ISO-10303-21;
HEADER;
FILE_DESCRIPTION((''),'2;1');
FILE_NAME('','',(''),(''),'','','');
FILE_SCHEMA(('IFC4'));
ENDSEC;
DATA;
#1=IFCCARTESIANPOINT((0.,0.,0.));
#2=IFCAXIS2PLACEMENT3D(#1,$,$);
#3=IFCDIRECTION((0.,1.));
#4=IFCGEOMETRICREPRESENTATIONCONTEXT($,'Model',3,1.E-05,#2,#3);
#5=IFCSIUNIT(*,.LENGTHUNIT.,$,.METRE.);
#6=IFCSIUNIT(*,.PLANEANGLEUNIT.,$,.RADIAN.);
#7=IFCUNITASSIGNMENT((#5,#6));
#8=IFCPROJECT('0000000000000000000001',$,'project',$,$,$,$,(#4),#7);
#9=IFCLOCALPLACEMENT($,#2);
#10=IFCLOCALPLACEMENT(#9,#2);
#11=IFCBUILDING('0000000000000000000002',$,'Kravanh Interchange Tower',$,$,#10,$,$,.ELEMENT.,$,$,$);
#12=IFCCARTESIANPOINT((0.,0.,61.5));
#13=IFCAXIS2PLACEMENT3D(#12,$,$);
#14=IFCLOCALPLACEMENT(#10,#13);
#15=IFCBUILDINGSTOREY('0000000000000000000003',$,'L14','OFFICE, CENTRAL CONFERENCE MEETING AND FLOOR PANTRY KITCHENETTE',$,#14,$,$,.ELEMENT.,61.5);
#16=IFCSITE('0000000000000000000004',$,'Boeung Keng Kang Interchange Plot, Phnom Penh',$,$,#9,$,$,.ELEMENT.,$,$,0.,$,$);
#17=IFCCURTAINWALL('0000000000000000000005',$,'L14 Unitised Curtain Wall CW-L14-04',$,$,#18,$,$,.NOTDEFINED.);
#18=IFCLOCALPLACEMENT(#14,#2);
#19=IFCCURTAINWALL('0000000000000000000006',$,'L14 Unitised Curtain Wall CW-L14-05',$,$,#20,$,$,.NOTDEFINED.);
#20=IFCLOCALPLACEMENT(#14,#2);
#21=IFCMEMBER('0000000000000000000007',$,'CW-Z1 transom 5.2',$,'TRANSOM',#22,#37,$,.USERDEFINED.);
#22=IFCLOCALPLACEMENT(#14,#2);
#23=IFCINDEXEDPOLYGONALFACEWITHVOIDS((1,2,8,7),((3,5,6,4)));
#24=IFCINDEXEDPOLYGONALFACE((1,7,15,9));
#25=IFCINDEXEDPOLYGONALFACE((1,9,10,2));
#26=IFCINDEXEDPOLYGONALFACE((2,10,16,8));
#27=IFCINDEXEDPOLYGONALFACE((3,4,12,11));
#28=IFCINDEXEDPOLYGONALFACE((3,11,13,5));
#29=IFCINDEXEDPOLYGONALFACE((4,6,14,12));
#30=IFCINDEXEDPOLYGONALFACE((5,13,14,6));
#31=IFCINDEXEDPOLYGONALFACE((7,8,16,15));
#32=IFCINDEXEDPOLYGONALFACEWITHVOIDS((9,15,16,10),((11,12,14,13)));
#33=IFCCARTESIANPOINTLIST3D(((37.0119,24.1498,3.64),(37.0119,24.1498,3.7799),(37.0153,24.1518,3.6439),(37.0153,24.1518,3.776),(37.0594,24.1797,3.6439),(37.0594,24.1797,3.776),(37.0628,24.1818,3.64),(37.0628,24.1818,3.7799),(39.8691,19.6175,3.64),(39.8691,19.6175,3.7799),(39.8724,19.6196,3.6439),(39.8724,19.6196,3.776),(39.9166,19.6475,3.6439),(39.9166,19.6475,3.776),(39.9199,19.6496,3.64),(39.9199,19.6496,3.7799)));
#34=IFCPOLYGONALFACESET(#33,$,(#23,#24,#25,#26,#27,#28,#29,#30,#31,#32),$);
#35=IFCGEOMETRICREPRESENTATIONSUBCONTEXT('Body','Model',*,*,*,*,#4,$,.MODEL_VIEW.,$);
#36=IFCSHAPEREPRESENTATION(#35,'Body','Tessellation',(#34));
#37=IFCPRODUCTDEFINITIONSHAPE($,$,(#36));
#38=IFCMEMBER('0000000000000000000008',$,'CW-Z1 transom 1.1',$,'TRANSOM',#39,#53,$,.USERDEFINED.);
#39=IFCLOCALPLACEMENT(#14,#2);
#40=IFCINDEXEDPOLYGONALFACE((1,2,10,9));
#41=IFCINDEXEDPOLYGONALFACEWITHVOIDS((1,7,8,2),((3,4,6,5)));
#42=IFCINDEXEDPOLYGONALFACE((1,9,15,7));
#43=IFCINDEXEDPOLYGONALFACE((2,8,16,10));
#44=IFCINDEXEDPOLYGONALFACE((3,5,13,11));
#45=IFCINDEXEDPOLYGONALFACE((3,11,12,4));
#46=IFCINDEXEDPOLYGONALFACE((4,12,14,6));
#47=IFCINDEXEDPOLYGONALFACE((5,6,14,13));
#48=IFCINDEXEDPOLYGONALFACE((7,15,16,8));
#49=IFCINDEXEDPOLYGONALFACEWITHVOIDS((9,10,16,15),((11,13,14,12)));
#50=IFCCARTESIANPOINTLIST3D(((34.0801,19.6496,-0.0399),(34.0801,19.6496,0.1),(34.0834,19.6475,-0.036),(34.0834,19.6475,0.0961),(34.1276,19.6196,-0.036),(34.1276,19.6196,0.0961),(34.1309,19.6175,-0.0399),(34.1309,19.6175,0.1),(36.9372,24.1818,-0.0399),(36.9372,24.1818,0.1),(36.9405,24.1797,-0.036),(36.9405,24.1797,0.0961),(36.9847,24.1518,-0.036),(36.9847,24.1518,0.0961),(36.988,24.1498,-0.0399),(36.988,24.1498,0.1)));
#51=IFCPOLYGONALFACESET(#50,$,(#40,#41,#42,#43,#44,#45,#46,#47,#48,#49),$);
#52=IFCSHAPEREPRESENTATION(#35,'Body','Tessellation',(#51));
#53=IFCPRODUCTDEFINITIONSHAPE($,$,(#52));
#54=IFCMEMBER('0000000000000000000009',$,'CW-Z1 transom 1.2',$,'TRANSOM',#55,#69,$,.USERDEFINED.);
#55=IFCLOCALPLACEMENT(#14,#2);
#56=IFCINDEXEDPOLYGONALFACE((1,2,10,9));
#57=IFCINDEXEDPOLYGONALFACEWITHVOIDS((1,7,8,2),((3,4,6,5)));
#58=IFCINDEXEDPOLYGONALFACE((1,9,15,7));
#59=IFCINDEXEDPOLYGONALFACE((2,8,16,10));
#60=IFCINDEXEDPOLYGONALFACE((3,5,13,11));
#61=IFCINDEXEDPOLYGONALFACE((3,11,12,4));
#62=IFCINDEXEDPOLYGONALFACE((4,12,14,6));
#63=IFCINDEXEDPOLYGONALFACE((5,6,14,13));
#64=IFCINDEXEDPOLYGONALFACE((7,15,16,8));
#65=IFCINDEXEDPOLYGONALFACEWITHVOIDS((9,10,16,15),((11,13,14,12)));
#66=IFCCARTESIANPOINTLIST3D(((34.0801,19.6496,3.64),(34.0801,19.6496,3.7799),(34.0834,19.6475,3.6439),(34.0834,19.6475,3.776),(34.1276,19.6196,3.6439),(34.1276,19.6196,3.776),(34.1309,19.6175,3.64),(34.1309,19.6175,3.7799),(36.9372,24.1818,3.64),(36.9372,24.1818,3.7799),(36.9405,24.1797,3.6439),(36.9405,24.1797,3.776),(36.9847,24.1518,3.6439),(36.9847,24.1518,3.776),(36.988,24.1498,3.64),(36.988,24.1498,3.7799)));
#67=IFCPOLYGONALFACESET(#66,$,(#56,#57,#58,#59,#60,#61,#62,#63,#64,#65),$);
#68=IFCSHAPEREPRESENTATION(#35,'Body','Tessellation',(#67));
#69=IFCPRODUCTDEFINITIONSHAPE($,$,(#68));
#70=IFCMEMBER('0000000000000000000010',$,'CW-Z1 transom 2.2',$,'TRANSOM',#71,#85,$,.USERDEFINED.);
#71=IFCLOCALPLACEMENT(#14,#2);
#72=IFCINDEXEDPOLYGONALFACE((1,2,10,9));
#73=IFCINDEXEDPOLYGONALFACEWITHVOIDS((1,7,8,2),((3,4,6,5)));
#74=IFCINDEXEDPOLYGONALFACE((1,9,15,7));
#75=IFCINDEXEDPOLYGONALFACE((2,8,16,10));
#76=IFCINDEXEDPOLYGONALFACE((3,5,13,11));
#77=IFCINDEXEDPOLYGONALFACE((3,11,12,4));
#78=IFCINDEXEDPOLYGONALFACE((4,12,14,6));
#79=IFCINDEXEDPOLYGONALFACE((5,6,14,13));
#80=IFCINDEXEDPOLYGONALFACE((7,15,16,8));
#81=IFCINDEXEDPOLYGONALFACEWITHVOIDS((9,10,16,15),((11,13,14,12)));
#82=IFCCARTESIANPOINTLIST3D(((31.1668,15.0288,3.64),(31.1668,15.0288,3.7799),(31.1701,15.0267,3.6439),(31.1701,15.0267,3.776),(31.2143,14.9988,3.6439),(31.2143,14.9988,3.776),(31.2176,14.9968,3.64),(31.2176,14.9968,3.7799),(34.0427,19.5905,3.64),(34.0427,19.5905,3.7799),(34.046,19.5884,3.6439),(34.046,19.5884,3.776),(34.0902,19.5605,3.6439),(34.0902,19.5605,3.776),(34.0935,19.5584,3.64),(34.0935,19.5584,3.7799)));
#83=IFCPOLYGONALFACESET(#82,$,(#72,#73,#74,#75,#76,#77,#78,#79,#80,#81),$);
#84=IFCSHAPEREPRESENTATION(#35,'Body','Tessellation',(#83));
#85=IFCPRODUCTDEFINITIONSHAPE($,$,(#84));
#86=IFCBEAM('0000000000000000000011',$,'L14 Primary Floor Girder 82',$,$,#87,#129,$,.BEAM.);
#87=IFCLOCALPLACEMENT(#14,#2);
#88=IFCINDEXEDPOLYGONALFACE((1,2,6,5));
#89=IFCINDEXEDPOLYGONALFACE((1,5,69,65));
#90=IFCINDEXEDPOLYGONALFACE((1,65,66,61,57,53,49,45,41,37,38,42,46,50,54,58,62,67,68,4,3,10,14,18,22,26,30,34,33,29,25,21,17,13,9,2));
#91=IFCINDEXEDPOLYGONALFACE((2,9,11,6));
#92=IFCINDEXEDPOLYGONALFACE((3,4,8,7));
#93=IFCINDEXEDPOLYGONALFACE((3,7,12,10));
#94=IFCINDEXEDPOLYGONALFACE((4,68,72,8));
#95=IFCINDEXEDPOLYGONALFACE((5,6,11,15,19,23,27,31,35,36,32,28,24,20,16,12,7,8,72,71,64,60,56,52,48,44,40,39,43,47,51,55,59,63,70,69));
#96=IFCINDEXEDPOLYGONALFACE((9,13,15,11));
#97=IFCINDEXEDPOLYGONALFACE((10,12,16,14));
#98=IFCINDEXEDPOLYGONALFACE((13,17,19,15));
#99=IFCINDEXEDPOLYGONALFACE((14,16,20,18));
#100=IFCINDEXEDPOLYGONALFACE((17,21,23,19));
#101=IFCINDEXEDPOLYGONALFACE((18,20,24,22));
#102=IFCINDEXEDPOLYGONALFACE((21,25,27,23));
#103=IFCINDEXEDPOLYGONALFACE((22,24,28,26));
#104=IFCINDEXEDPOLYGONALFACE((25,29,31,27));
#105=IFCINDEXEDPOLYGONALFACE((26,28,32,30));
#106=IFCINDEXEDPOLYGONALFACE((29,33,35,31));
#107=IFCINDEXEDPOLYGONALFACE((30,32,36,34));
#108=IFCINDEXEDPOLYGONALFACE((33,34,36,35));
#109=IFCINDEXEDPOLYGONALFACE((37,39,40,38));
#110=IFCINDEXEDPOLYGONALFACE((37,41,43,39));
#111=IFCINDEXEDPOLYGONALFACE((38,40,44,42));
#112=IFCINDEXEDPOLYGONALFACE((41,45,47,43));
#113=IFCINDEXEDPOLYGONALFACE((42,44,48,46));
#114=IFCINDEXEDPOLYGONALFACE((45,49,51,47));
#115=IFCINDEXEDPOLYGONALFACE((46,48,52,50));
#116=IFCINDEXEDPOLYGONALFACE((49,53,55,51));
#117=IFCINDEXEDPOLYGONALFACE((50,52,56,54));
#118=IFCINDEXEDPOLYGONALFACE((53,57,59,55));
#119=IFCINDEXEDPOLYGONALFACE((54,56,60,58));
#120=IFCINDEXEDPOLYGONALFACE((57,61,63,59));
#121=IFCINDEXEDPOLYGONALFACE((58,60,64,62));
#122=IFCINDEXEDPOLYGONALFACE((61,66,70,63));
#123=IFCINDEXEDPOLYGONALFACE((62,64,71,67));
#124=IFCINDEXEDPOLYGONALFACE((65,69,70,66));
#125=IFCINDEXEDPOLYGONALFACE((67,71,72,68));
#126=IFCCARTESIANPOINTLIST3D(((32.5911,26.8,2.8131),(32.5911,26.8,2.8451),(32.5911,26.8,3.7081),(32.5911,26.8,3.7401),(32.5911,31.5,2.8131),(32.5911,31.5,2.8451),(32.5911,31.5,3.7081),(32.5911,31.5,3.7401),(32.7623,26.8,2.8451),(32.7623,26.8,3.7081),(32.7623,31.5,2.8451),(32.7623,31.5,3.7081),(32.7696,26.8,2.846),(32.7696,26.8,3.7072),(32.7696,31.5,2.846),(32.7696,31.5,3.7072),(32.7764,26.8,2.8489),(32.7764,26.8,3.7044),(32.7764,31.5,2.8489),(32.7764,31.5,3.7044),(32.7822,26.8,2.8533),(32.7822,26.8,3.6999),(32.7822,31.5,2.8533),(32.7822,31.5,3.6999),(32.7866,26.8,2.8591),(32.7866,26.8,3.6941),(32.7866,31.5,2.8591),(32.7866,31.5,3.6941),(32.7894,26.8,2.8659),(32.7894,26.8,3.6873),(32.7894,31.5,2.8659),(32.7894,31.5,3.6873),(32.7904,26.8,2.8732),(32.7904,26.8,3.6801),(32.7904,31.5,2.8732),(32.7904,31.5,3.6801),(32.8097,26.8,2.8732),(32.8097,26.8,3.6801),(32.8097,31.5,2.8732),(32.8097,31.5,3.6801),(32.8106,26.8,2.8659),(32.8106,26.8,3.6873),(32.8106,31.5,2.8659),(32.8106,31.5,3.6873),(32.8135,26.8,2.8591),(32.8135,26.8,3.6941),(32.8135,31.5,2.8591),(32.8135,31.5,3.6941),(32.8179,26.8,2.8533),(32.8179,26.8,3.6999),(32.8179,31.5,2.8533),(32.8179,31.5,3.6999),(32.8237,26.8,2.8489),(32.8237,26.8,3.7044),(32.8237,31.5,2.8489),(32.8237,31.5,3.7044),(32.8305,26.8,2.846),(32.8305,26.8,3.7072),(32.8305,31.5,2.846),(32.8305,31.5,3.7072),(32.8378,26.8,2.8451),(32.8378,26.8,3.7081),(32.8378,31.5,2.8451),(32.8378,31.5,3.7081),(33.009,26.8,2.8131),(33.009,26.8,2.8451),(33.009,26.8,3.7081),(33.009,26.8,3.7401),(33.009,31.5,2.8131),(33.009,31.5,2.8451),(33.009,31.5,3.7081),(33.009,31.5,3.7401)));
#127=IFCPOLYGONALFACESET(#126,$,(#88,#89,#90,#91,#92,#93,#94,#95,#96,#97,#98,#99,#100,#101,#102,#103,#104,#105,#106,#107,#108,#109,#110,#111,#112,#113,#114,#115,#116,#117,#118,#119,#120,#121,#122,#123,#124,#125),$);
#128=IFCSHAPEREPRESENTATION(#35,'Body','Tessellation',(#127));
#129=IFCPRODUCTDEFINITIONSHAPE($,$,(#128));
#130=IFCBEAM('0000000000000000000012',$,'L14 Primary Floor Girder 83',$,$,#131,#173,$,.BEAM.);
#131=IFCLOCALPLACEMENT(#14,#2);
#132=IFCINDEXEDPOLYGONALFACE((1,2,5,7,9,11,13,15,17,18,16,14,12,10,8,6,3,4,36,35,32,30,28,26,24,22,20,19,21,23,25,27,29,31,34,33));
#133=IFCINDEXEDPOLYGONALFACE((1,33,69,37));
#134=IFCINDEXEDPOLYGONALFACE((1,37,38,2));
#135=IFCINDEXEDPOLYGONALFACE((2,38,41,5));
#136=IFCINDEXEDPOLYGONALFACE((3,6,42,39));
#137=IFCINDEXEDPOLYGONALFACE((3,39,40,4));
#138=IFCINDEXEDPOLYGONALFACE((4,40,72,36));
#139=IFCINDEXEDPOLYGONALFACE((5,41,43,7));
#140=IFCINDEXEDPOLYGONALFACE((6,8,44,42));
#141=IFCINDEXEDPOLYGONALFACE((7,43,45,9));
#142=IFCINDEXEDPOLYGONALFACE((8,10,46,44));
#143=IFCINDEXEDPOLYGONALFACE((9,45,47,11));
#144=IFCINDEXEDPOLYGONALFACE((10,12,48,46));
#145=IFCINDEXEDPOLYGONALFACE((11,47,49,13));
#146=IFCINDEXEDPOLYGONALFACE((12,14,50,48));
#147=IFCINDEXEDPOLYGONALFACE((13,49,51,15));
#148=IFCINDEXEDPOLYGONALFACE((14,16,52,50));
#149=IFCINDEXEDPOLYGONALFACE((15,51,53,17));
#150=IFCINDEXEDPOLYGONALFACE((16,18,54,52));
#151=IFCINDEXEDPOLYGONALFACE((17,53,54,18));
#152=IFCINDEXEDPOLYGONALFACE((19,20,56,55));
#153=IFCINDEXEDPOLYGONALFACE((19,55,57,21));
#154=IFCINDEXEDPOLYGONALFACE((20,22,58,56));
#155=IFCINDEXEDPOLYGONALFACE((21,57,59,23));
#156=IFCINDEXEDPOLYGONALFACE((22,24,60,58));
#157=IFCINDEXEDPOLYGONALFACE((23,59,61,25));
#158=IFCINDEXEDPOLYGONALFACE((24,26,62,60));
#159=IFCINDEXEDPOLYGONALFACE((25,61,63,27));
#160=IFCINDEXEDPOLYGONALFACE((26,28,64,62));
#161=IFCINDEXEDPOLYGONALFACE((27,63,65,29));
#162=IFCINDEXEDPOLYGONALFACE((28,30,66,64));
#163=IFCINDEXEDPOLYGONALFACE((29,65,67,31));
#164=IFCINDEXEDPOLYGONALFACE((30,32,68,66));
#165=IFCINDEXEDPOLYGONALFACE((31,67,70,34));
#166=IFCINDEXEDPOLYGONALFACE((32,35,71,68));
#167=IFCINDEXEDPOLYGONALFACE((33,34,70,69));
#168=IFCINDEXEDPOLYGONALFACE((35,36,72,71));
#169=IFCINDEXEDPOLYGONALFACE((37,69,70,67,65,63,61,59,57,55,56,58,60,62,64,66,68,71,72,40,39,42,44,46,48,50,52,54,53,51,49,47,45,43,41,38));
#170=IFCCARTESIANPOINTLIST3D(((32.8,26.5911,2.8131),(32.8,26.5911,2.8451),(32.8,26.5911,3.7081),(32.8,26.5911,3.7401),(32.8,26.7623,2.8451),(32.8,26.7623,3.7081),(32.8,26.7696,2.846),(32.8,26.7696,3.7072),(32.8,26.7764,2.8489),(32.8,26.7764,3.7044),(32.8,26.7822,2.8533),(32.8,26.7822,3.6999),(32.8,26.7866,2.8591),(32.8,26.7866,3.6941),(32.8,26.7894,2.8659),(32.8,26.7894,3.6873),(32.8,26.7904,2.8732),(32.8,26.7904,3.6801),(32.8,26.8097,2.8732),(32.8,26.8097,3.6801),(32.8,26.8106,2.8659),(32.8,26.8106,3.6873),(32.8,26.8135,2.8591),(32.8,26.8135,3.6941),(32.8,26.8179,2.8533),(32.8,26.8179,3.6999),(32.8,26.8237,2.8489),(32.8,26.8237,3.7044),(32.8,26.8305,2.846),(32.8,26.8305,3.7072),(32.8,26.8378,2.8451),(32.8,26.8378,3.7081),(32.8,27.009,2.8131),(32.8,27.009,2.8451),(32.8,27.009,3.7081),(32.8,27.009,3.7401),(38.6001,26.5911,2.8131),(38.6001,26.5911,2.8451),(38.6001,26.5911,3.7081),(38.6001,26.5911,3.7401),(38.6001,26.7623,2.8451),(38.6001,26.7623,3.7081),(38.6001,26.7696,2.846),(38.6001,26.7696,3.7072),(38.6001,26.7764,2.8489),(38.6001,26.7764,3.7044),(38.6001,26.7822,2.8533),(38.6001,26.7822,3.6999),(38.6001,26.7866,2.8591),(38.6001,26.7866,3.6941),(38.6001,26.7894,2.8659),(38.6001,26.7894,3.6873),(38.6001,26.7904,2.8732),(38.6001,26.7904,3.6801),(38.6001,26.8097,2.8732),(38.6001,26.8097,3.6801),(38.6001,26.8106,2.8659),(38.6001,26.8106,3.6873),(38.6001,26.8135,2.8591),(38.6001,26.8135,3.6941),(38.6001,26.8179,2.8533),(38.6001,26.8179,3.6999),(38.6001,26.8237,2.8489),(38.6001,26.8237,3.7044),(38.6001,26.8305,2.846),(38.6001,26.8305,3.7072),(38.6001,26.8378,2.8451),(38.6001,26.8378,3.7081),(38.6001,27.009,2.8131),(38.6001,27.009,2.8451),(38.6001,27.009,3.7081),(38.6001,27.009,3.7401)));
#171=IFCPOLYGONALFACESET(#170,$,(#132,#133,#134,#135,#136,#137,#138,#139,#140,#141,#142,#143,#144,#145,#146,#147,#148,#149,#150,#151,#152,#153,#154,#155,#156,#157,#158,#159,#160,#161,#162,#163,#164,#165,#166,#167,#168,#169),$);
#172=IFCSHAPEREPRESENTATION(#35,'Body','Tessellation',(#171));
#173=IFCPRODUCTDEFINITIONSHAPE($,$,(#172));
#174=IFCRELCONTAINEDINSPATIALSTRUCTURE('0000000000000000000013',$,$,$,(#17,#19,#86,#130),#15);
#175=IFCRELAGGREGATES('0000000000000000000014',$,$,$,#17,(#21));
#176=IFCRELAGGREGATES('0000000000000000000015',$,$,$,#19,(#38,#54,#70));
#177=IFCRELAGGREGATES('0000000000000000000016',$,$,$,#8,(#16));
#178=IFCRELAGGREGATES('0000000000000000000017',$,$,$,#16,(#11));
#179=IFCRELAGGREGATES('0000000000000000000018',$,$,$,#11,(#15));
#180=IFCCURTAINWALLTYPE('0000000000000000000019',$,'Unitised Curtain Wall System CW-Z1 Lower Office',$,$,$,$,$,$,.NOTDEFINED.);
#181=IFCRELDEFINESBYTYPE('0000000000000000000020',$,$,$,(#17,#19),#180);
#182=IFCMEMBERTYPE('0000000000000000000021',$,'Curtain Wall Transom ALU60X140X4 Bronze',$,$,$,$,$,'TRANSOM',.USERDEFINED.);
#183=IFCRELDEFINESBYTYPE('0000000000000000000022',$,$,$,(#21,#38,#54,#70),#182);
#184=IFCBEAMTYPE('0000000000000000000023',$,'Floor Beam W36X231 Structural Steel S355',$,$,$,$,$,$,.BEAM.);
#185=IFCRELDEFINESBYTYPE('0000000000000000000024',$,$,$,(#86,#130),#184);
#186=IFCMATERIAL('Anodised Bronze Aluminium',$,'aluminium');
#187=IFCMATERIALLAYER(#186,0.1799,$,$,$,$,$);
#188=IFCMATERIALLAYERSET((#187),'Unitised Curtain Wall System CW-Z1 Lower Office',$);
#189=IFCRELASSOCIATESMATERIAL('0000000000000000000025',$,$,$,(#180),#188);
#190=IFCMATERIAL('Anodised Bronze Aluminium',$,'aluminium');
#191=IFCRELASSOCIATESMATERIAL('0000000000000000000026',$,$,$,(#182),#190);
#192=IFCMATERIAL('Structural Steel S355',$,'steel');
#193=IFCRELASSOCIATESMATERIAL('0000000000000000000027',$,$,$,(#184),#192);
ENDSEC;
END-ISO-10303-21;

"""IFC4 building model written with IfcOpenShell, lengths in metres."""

from ifc_helpers import new_model, si_unit, direction, frame, origin, origin_2d, place, context, subcontext, project, spatial, hollow_rectangle, i_section, extrude, material, layer, layer_set, material_profile, profile_set, type_object, element, aggregate, save


model = new_model("IFC4")

# Units and contexts
model_context = context("Model", 3, precision=1e-05, world=origin(), true_north=direction((0.0, 1.0)))
body_context = subcontext(model_context, "Body", "Model", "MODEL_VIEW")
ifc_project = project(units=[si_unit("LENGTHUNIT", "METRE"), si_unit("PLANEANGLEUNIT", "RADIAN")], contexts=[model_context])

# Site, building, storey
site_placement = place(None, origin())
site = spatial("IfcSite", under=ifc_project, at=site_placement, Name="Boeung Keng Kang Interchange Plot, Phnom Penh", CompositionType="ELEMENT", RefElevation=0.0)
building_placement = place(site_placement, origin())
building = spatial("IfcBuilding", under=site, at=building_placement, Name="Kravanh Interchange Tower", CompositionType="ELEMENT")
storey_placement = place(building_placement, frame((0.0, 0.0, 61.5)))
storey = spatial("IfcBuildingStorey", under=building, at=storey_placement, Name="L14", Description="OFFICE, CENTRAL CONFERENCE MEETING AND FLOOR PANTRY KITCHENETTE", CompositionType="ELEMENT", Elevation=61.5)

# Curtain walls
ifc_material_1 = material(Name="Anodised Bronze Aluminium", Category="aluminium")
ifc_layer_1 = layer(ifc_material_1, 0.1799)
ifc_layer_set_1 = layer_set([ifc_layer_1], Name="Unitised Curtain Wall System CW-Z1 Lower Office")
curtain_wall_type = type_object("IfcCurtainWallType", Name="Unitised Curtain Wall System CW-Z1 Lower Office", PredefinedType="NOTDEFINED", material=ifc_layer_set_1)
curtain_wall_1_placement = place(storey_placement, origin())
curtain_wall_1 = element("IfcCurtainWall", 1, at=curtain_wall_1_placement, inside=storey, type_object=curtain_wall_type, Name="L14 Unitised Curtain Wall CW-L14-04", PredefinedType="NOTDEFINED")
curtain_wall_2_placement = place(storey_placement, origin())
curtain_wall_2 = element("IfcCurtainWall", 2, at=curtain_wall_2_placement, inside=storey, type_object=curtain_wall_type, Name="L14 Unitised Curtain Wall CW-L14-05", PredefinedType="NOTDEFINED")

# Members
ifc_material_2 = material(Name="Anodised Bronze Aluminium", Category="aluminium")
ifc_material_profile_1 = material_profile(ifc_material_2, hollow_rectangle(XDim=0.0601, YDim=0.1399, WallThickness=0.0039, at=origin_2d()), Name="ALU60X140X4")
ifc_profile_set_1 = profile_set([ifc_material_profile_1], Name="Anodised Bronze Aluminium")
member_type_1 = type_object("IfcMemberType", Name="Curtain Wall Transom ALU60X140X4 Bronze", ElementType="TRANSOM", PredefinedType="USERDEFINED", material=ifc_profile_set_1)
member_1_placement = place(storey_placement, frame((39.8945, 19.6335, 3.71), z_axis=(-0.533288, 0.845934, 0.0), x_axis=(-0.845934, -0.533288, 0.0)))
member_1 = element("IfcMember", 3, at=member_1_placement, type_object=member_type_1, Name="CW-Z1 transom 5.2", ObjectType="TRANSOM", PredefinedType="USERDEFINED", context=body_context, shape_type="SweptSolid", body=[
    extrude(hollow_rectangle(XDim=0.0601, YDim=0.1399, WallThickness=0.0039, at=origin_2d()), origin(), (0.0, 0.0, 1.0), 5.3577),
])
member_2_placement = place(storey_placement, frame((36.9626, 24.1658, 0.03), z_axis=(-0.533288, -0.845934, 0.0), x_axis=(0.845934, -0.533288, 0.0)))
member_2 = element("IfcMember", 4, at=member_2_placement, type_object=member_type_1, Name="CW-Z1 transom 1.1", ObjectType="TRANSOM", PredefinedType="USERDEFINED", context=body_context, shape_type="SweptSolid", body=[
    extrude(hollow_rectangle(XDim=0.0601, YDim=0.1399, WallThickness=0.0039, at=origin_2d()), origin(), (0.0, 0.0, 1.0), 5.3577),
])
member_3_placement = place(storey_placement, frame((36.9626, 24.1658, 3.71), z_axis=(-0.533288, -0.845934, 0.0), x_axis=(0.845934, -0.533288, 0.0)))
member_3 = element("IfcMember", 5, at=member_3_placement, type_object=member_type_1, Name="CW-Z1 transom 1.2", ObjectType="TRANSOM", PredefinedType="USERDEFINED", context=body_context, shape_type="SweptSolid", body=[
    extrude(hollow_rectangle(XDim=0.0601, YDim=0.1399, WallThickness=0.0039, at=origin_2d()), origin(), (0.0, 0.0, 1.0), 5.3577),
])
member_4_placement = place(storey_placement, frame((34.0681, 19.5745, 3.71), z_axis=(-0.533311, -0.845919, 0.0), x_axis=(0.845919, -0.533311, 0.0)))
member_4 = element("IfcMember", 6, at=member_4_placement, type_object=member_type_1, Name="CW-Z1 transom 2.2", ObjectType="TRANSOM", PredefinedType="USERDEFINED", context=body_context, shape_type="SweptSolid", body=[
    extrude(hollow_rectangle(XDim=0.0601, YDim=0.1399, WallThickness=0.0039, at=origin_2d()), origin(), (0.0, 0.0, 1.0), 5.3926),
])

# Beams
ifc_material_3 = material(Name="Structural Steel S355", Category="steel")
ifc_material_profile_2 = material_profile(ifc_material_3, i_section(OverallWidth=0.418, OverallDepth=0.927, WebThickness=0.0193, FlangeThickness=0.032, FilletRadius=0.0281, at=origin_2d()), Name="W36X231")
ifc_profile_set_2 = profile_set([ifc_material_profile_2], Name="Structural Steel S355")
beam_type_1 = type_object("IfcBeamType", Name="Floor Beam W36X231 Structural Steel S355", PredefinedType="BEAM", material=ifc_profile_set_2)
beam_1_placement = place(storey_placement, frame((32.8, 26.8, 3.2766), z_axis=(0.0, 1.0, 0.0), x_axis=(-1.0, 0.0, 0.0)))
element("IfcBeam", 7, at=beam_1_placement, inside=storey, type_object=beam_type_1, Name="L14 Primary Floor Girder 82", PredefinedType="BEAM", context=body_context, shape_type="SweptSolid", body=[
    extrude(i_section(OverallWidth=0.418, OverallDepth=0.927, WebThickness=0.0193, FlangeThickness=0.032, FilletRadius=0.0281, at=origin_2d()), origin(), (0.0, 0.0, 1.0), 4.7),
])
beam_2_placement = place(storey_placement, frame((32.8, 26.8, 3.2766), z_axis=(1.0, 0.0, 0.0), x_axis=(0.0, 1.0, 0.0)))
element("IfcBeam", 8, at=beam_2_placement, inside=storey, type_object=beam_type_1, Name="L14 Primary Floor Girder 83", PredefinedType="BEAM", context=body_context, shape_type="SweptSolid", body=[
    extrude(i_section(OverallWidth=0.418, OverallDepth=0.927, WebThickness=0.0193, FlangeThickness=0.032, FilletRadius=0.0281, at=origin_2d()), origin(), (0.0, 0.0, 1.0), 5.8),
])

aggregate(curtain_wall_1, [member_1])
aggregate(curtain_wall_2, [member_2, member_3, member_4])

save(model, "model.ifc")
